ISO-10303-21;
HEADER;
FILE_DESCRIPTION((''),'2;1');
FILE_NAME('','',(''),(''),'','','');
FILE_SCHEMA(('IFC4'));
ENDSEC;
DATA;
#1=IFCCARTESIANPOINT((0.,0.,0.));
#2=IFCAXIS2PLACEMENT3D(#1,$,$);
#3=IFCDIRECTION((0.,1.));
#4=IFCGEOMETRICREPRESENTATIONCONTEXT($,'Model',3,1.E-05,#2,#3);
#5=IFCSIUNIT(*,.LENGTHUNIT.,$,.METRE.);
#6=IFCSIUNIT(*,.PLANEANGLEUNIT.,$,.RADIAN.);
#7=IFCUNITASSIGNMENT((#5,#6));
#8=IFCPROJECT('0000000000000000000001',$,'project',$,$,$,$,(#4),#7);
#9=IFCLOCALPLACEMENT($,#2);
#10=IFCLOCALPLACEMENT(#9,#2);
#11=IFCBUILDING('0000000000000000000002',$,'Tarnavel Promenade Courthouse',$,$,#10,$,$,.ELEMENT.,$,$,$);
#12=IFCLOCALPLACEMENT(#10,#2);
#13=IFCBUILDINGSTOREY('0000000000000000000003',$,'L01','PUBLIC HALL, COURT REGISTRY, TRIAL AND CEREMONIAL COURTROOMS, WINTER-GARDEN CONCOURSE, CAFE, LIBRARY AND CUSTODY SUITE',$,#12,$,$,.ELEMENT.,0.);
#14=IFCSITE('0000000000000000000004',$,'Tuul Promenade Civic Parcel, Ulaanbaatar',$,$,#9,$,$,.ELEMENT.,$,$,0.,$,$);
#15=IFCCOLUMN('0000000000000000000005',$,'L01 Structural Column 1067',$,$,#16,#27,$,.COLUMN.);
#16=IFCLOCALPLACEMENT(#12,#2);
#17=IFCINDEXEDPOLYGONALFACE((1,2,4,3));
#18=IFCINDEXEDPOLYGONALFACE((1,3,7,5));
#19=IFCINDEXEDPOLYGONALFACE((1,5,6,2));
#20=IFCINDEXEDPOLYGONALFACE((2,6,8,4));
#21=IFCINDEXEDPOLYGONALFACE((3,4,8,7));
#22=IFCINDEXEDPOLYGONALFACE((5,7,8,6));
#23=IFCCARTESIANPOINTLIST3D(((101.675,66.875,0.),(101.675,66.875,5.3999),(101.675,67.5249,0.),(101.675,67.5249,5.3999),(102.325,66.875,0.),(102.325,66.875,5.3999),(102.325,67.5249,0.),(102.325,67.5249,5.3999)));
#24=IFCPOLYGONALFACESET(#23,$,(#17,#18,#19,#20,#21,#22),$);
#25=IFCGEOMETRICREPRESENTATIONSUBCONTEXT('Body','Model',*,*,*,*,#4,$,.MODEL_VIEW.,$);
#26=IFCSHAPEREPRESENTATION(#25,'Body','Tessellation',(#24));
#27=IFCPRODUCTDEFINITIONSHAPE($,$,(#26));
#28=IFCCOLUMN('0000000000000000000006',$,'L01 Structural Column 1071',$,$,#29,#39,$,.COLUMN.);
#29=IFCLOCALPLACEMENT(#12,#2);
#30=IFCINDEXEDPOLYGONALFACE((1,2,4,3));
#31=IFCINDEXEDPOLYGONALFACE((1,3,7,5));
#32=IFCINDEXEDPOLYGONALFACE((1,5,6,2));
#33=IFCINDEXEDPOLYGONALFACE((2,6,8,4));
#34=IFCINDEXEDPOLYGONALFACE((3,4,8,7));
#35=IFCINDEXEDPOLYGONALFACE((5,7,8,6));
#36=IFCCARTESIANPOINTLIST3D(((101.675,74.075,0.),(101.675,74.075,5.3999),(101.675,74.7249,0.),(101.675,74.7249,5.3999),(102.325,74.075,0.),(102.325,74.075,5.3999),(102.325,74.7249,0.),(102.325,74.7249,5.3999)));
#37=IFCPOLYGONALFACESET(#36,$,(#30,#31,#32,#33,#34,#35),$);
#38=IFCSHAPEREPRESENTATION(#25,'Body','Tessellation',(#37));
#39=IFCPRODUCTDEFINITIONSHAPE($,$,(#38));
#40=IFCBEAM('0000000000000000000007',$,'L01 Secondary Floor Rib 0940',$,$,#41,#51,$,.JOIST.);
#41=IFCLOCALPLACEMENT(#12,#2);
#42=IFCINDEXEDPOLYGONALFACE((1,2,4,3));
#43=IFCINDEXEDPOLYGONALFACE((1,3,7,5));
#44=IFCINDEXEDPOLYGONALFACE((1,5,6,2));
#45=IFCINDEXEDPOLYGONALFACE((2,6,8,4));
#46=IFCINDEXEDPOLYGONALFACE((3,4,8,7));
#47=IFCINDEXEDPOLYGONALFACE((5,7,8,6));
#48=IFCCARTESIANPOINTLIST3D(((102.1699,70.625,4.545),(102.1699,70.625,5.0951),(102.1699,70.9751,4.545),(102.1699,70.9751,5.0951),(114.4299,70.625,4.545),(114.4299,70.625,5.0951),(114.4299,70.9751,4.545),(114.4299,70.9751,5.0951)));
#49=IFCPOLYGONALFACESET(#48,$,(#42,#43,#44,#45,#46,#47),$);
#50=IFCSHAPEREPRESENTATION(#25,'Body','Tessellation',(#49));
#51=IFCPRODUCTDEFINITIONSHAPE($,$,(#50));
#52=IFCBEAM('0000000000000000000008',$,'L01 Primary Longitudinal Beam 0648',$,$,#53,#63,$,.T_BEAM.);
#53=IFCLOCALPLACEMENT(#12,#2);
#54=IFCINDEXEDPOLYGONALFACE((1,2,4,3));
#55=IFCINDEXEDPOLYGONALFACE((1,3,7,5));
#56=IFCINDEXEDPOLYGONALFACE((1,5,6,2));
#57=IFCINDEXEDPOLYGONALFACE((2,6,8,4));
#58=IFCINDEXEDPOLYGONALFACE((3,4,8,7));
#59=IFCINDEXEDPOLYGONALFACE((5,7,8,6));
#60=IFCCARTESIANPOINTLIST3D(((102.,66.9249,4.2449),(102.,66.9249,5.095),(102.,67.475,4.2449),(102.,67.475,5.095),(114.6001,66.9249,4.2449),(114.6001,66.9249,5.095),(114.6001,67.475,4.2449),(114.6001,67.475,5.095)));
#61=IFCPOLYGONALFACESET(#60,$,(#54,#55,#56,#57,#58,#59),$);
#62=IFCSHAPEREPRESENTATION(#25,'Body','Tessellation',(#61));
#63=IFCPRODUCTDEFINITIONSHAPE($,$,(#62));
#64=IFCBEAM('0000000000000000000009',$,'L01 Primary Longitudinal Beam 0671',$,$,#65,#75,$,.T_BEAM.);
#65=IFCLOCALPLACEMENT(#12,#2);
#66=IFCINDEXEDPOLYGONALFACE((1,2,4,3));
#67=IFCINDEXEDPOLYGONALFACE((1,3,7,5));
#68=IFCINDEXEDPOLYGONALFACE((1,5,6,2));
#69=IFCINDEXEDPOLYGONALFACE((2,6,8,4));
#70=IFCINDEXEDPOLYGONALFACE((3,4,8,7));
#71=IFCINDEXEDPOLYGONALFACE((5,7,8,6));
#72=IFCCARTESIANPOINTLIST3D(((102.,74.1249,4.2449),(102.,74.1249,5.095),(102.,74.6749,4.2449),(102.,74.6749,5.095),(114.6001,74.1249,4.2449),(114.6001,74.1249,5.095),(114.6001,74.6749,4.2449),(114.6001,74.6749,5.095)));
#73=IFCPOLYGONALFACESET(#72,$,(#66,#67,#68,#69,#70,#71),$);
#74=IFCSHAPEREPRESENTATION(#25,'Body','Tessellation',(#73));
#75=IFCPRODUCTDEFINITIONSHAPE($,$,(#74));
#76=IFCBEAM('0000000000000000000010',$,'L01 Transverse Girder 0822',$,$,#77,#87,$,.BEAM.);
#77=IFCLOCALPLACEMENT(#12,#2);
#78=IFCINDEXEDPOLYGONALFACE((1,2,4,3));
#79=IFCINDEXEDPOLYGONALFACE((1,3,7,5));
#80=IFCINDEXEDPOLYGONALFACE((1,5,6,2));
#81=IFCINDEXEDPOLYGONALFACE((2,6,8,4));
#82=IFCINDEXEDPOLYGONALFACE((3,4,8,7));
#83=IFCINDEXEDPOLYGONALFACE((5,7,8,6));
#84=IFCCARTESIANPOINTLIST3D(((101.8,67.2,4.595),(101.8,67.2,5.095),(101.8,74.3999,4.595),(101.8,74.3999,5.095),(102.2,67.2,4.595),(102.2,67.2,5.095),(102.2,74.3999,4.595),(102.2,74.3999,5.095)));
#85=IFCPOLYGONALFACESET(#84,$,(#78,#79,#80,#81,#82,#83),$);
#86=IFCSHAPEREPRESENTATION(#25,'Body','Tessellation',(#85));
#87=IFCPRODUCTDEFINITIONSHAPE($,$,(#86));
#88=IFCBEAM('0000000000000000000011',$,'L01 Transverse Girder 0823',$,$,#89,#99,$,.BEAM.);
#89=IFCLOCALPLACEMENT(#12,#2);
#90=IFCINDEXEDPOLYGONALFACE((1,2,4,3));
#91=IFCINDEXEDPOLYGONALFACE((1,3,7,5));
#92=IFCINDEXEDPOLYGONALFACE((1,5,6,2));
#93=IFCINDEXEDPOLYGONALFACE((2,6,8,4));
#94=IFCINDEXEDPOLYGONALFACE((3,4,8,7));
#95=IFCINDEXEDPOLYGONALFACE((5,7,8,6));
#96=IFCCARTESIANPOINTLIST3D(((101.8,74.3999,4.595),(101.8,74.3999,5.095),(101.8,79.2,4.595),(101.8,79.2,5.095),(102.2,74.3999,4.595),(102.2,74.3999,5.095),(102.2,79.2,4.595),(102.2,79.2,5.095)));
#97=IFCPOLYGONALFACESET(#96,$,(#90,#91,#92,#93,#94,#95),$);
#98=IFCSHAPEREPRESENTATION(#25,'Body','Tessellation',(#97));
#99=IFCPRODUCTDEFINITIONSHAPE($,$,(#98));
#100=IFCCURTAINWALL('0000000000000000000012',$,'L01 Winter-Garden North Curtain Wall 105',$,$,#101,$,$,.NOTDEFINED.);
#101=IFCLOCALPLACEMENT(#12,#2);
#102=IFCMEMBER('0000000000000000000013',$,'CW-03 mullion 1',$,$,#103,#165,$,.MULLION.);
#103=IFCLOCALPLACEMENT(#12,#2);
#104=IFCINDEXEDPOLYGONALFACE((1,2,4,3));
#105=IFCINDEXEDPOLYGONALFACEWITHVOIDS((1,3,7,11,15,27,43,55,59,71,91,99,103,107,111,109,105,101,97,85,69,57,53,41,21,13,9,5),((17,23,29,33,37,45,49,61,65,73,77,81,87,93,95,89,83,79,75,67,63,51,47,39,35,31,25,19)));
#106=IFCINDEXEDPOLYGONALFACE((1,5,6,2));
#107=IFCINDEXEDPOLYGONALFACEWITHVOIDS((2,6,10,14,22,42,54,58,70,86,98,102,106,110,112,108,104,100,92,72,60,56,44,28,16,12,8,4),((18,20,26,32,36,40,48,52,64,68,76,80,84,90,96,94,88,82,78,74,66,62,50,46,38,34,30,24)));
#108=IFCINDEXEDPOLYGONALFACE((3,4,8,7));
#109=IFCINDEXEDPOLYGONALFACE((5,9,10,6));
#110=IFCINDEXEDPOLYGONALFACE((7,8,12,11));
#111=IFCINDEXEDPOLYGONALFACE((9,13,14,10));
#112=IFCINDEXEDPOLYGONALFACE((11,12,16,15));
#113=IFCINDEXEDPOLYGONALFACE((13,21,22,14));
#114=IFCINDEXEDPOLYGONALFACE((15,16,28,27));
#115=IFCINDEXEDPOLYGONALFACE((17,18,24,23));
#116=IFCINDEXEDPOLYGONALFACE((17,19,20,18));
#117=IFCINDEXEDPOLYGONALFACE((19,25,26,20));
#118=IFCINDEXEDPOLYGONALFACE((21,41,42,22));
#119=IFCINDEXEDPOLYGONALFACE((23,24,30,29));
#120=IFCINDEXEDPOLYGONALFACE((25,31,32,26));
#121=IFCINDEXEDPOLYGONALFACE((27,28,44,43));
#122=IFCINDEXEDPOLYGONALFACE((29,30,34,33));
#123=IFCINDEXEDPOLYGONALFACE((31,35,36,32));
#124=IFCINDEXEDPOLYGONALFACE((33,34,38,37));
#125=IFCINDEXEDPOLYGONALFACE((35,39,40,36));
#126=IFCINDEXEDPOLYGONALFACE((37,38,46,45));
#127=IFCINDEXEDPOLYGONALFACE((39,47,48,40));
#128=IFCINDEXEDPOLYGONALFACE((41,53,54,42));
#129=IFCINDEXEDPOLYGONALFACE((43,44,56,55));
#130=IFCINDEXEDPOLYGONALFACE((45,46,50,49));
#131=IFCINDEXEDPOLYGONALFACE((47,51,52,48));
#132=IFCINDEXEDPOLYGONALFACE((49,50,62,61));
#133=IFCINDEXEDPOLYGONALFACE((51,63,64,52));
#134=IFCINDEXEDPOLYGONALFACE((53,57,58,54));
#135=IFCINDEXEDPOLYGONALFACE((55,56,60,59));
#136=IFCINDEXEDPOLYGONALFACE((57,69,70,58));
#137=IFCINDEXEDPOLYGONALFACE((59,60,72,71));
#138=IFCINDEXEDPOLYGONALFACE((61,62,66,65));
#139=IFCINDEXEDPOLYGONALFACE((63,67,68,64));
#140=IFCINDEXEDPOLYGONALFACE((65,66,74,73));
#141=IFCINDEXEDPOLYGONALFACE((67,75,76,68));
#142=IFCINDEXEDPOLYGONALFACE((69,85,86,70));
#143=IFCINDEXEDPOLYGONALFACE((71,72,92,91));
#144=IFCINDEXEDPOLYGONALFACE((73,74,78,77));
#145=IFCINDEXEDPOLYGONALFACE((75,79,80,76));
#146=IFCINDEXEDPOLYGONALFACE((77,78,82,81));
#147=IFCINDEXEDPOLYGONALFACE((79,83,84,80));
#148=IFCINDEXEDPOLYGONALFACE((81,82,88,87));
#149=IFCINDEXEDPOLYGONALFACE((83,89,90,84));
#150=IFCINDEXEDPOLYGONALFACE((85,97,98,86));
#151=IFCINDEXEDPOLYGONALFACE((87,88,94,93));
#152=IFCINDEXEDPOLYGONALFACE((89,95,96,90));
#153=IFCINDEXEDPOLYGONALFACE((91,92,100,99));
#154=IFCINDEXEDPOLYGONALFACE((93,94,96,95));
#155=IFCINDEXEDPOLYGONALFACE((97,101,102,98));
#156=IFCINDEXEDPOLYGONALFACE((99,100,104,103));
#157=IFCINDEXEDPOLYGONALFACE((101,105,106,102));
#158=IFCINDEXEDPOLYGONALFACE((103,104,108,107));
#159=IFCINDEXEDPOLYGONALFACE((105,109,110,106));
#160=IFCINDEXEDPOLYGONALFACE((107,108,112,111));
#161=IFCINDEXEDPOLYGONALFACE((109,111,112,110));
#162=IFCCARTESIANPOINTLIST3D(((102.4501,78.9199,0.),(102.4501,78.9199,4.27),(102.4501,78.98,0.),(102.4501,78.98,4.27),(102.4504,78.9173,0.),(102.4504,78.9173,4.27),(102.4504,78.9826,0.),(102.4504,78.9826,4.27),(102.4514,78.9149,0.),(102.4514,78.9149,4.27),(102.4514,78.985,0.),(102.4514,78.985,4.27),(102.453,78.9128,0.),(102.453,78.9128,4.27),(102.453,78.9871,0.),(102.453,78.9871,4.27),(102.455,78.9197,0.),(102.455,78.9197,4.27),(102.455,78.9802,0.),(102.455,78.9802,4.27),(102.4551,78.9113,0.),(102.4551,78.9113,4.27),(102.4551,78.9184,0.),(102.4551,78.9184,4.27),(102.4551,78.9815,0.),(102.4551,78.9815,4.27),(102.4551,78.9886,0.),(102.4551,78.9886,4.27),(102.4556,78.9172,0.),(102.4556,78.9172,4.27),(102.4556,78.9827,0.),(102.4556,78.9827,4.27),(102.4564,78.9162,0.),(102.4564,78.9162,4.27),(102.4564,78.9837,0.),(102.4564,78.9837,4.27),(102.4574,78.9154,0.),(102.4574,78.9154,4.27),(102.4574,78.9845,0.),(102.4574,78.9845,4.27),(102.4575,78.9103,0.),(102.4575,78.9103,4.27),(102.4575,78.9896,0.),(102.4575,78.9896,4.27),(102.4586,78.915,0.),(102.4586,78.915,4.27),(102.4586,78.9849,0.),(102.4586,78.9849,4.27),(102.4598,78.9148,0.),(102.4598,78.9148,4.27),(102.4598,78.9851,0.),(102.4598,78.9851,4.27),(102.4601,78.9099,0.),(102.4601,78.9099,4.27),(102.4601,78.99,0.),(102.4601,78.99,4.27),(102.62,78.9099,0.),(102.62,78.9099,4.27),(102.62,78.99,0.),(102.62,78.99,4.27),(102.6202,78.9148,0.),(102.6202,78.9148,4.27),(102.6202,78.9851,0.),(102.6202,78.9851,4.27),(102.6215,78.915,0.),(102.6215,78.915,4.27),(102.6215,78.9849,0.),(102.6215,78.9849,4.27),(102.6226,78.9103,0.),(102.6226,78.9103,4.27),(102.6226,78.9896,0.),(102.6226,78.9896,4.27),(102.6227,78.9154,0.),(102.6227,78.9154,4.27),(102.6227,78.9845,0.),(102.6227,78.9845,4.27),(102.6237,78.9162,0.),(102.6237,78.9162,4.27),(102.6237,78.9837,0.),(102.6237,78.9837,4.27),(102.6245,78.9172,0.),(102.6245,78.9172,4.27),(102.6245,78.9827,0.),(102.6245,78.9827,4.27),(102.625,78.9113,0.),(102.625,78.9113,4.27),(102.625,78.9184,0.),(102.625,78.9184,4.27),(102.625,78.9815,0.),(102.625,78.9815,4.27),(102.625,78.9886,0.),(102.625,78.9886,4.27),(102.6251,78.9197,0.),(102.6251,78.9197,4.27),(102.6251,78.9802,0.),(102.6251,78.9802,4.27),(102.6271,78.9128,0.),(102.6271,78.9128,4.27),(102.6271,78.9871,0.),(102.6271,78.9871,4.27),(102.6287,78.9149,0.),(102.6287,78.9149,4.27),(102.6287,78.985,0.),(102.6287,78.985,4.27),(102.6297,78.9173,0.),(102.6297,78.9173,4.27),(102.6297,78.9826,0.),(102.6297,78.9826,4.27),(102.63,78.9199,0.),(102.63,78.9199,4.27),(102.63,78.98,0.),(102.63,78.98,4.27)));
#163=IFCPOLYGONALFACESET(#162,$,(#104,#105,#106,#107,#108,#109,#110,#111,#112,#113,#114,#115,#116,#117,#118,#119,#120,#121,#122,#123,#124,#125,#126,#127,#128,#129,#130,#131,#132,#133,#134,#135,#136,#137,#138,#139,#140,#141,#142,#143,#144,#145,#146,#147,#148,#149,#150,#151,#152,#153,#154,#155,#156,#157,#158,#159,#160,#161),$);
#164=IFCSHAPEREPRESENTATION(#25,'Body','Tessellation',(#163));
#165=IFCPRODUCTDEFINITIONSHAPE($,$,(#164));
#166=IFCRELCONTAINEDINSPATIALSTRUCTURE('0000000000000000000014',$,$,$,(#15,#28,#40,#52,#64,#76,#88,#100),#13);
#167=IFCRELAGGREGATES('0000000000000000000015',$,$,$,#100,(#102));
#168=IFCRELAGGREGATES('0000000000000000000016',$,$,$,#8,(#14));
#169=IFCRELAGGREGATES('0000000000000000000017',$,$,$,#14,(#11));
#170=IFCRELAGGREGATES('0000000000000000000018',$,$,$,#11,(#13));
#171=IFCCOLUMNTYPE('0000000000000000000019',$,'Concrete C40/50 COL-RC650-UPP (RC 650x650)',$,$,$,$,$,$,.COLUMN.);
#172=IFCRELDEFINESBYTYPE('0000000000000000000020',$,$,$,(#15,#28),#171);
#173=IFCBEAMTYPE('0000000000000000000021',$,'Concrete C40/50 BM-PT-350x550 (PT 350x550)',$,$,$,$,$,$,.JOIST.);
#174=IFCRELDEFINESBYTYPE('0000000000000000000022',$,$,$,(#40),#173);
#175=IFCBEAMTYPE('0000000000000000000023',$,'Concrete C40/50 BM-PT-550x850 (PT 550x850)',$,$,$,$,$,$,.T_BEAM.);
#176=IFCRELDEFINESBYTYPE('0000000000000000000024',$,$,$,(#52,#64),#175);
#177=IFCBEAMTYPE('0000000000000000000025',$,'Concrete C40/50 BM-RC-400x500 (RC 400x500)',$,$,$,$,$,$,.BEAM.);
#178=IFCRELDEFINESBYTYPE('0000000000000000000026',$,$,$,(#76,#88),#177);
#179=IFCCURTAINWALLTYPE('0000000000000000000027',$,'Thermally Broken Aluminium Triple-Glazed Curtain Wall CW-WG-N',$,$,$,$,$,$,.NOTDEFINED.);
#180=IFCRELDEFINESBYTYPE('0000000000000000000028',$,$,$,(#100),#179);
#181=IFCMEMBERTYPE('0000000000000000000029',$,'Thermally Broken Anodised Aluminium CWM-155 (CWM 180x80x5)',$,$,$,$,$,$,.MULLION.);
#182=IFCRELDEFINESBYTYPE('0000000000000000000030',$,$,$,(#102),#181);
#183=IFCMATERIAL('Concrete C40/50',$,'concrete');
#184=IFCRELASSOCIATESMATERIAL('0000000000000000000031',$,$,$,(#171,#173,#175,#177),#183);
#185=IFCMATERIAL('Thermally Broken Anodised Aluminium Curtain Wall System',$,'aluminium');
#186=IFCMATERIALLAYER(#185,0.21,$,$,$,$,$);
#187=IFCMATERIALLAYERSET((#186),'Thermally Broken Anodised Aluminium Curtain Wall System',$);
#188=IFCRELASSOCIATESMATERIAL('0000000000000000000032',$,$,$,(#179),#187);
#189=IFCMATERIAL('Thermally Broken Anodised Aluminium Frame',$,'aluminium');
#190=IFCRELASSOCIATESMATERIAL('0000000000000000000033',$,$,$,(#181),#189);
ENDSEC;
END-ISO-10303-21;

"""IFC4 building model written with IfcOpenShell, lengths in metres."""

from ifc_helpers import new_model, si_unit, direction, frame, origin, origin_2d, place, context, subcontext, project, spatial, rectangle, hollow_rectangle, extrude, material, layer, layer_set, material_profile, profile_set, type_object, element, aggregate, save


model = new_model("IFC4")

# Units and contexts
model_context = context("Model", 3, precision=1e-05, world=origin(), true_north=direction((0.0, 1.0)))
body_context = subcontext(model_context, "Body", "Model", "MODEL_VIEW")
ifc_project = project(units=[si_unit("LENGTHUNIT", "METRE"), si_unit("PLANEANGLEUNIT", "RADIAN")], contexts=[model_context])

# Site, building, storey
site_placement = place(None, origin())
site = spatial("IfcSite", under=ifc_project, at=site_placement, Name="Tuul Promenade Civic Parcel, Ulaanbaatar", CompositionType="ELEMENT", RefElevation=0.0)
building_placement = place(site_placement, origin())
building = spatial("IfcBuilding", under=site, at=building_placement, Name="Tarnavel Promenade Courthouse", CompositionType="ELEMENT")
storey_placement = place(building_placement, origin())
storey = spatial("IfcBuildingStorey", under=building, at=storey_placement, Name="L01", Description="PUBLIC HALL, COURT REGISTRY, TRIAL AND CEREMONIAL COURTROOMS, WINTER-GARDEN CONCOURSE, CAFE, LIBRARY AND CUSTODY SUITE", CompositionType="ELEMENT", Elevation=0.0)

# Columns
ifc_material_1 = material(Name="Concrete C40/50", Category="concrete")
ifc_material_profile_1 = material_profile(ifc_material_1, rectangle(XDim=0.6499, YDim=0.6499, at=origin_2d()), Name="RC 650x650")
ifc_profile_set_1 = profile_set([ifc_material_profile_1], Name="Concrete C40/50")
column_type = type_object("IfcColumnType", Name="Concrete C40/50 COL-RC650-UPP (RC 650x650)", PredefinedType="COLUMN", material=ifc_profile_set_1)
for number, where, z_axis, x_axis, name in (
    (1, (102.0, 67.2, 0.0), (0.0, 0.0, 1.0), (1.0, 0.0, 0.0), "L01 Structural Column 1067"),
    (2, (102.0, 74.3999, 0.0), (0.0, 0.0, 1.0), (1.0, 0.0, 0.0), "L01 Structural Column 1071"),
):
    element("IfcColumn", number, at=place(storey_placement, frame(where, z_axis=z_axis, x_axis=x_axis)), inside=storey, type_object=column_type, Name=name, PredefinedType="COLUMN", context=body_context, shape_type="SweptSolid", body=[
        extrude(rectangle(XDim=0.6499, YDim=0.6499, at=origin_2d()), origin(), (0.0, 0.0, 1.0), 5.3999),
    ])

# Beams
ifc_material_profile_2 = material_profile(ifc_material_1, rectangle(XDim=0.3501, YDim=0.55, at=origin_2d()), Name="PT 350x550")
ifc_profile_set_2 = profile_set([ifc_material_profile_2], Name="Concrete C40/50")
beam_type_1 = type_object("IfcBeamType", Name="Concrete C40/50 BM-PT-350x550 (PT 350x550)", PredefinedType="JOIST", material=ifc_profile_set_2)
beam_1_placement = place(storey_placement, frame((102.1699, 70.8, 4.8201), z_axis=(1.0, 0.0, 0.0), x_axis=(0.0, 1.0, 0.0)))
element("IfcBeam", 3, at=beam_1_placement, inside=storey, type_object=beam_type_1, Name="L01 Secondary Floor Rib 0940", PredefinedType="JOIST", context=body_context, shape_type="SweptSolid", body=[
    extrude(rectangle(XDim=0.3501, YDim=0.55, at=origin_2d()), origin(), (0.0, 0.0, 1.0), 12.26),
])
ifc_material_profile_3 = material_profile(ifc_material_1, rectangle(XDim=0.55, YDim=0.8501, at=origin_2d()), Name="PT 550x850")
ifc_profile_set_3 = profile_set([ifc_material_profile_3], Name="Concrete C40/50")
beam_type_2 = type_object("IfcBeamType", Name="Concrete C40/50 BM-PT-550x850 (PT 550x850)", PredefinedType="T_BEAM", material=ifc_profile_set_3)
for number, where, z_axis, x_axis, name in (
    (4, (102.0, 67.2, 4.6699), (1.0, 0.0, 0.0), (0.0, 1.0, 0.0), "L01 Primary Longitudinal Beam 0648"),
    (5, (102.0, 74.3999, 4.6699), (1.0, 0.0, 0.0), (0.0, 1.0, 0.0), "L01 Primary Longitudinal Beam 0671"),
):
    element("IfcBeam", number, at=place(storey_placement, frame(where, z_axis=z_axis, x_axis=x_axis)), inside=storey, type_object=beam_type_2, Name=name, PredefinedType="T_BEAM", context=body_context, shape_type="SweptSolid", body=[
        extrude(rectangle(XDim=0.55, YDim=0.8501, at=origin_2d()), origin(), (0.0, 0.0, 1.0), 12.6001),
    ])
ifc_material_profile_4 = material_profile(ifc_material_1, rectangle(XDim=0.3999, YDim=0.5, at=origin_2d()), Name="RC 400x500")
ifc_profile_set_4 = profile_set([ifc_material_profile_4], Name="Concrete C40/50")
beam_type_3 = type_object("IfcBeamType", Name="Concrete C40/50 BM-RC-400x500 (RC 400x500)", PredefinedType="BEAM", material=ifc_profile_set_4)
beam_2_placement = place(storey_placement, frame((102.0, 67.2, 4.845), z_axis=(0.0, 1.0, 0.0), x_axis=(-1.0, 0.0, 0.0)))
element("IfcBeam", 6, at=beam_2_placement, inside=storey, type_object=beam_type_3, Name="L01 Transverse Girder 0822", PredefinedType="BEAM", context=body_context, shape_type="SweptSolid", body=[
    extrude(rectangle(XDim=0.3999, YDim=0.5, at=origin_2d()), origin(), (0.0, 0.0, 1.0), 7.2),
])
beam_3_placement = place(storey_placement, frame((102.0, 74.3999, 4.845), z_axis=(0.0, 1.0, 0.0), x_axis=(-1.0, 0.0, 0.0)))
element("IfcBeam", 7, at=beam_3_placement, inside=storey, type_object=beam_type_3, Name="L01 Transverse Girder 0823", PredefinedType="BEAM", context=body_context, shape_type="SweptSolid", body=[
    extrude(rectangle(XDim=0.3999, YDim=0.5, at=origin_2d()), origin(), (0.0, 0.0, 1.0), 4.8),
])

# Curtain wall, member
ifc_material_2 = material(Name="Thermally Broken Anodised Aluminium Curtain Wall System", Category="aluminium")
ifc_layer_1 = layer(ifc_material_2, 0.21)
ifc_layer_set_1 = layer_set([ifc_layer_1], Name="Thermally Broken Anodised Aluminium Curtain Wall System")
curtain_wall_type = type_object("IfcCurtainWallType", Name="Thermally Broken Aluminium Triple-Glazed Curtain Wall CW-WG-N", PredefinedType="NOTDEFINED", material=ifc_layer_set_1)
curtain_wall_1_placement = place(storey_placement, origin())
curtain_wall_1 = element("IfcCurtainWall", 8, at=curtain_wall_1_placement, inside=storey, type_object=curtain_wall_type, Name="L01 Winter-Garden North Curtain Wall 105", PredefinedType="NOTDEFINED")
ifc_material_3 = material(Name="Thermally Broken Anodised Aluminium Frame", Category="aluminium")
ifc_material_profile_5 = material_profile(ifc_material_3, hollow_rectangle(XDim=0.0801, YDim=0.1799, WallThickness=0.0049, InnerFilletRadius=0.0049, OuterFilletRadius=0.01, at=origin_2d()), Name="CWM 180x80x5")
ifc_profile_set_5 = profile_set([ifc_material_profile_5], Name="Thermally Broken Anodised Aluminium Frame")
member_type_1 = type_object("IfcMemberType", Name="Thermally Broken Anodised Aluminium CWM-155 (CWM 180x80x5)", PredefinedType="MULLION", material=ifc_profile_set_5)
member_1_placement = place(storey_placement, frame((102.54, 78.95, 0.0), z_axis=(0.0, 0.0, 1.0), x_axis=(0.0, 1.0, 0.0)))
member_1 = element("IfcMember", 9, at=member_1_placement, type_object=member_type_1, Name="CW-03 mullion 1", PredefinedType="MULLION", context=body_context, shape_type="SweptSolid", body=[
    extrude(hollow_rectangle(XDim=0.0801, YDim=0.1799, WallThickness=0.0049, InnerFilletRadius=0.0049, OuterFilletRadius=0.01, at=origin_2d()), origin(), (0.0, 0.0, 1.0), 4.27),
])

aggregate(curtain_wall_1, [member_1])

save(model, "model.ifc")
